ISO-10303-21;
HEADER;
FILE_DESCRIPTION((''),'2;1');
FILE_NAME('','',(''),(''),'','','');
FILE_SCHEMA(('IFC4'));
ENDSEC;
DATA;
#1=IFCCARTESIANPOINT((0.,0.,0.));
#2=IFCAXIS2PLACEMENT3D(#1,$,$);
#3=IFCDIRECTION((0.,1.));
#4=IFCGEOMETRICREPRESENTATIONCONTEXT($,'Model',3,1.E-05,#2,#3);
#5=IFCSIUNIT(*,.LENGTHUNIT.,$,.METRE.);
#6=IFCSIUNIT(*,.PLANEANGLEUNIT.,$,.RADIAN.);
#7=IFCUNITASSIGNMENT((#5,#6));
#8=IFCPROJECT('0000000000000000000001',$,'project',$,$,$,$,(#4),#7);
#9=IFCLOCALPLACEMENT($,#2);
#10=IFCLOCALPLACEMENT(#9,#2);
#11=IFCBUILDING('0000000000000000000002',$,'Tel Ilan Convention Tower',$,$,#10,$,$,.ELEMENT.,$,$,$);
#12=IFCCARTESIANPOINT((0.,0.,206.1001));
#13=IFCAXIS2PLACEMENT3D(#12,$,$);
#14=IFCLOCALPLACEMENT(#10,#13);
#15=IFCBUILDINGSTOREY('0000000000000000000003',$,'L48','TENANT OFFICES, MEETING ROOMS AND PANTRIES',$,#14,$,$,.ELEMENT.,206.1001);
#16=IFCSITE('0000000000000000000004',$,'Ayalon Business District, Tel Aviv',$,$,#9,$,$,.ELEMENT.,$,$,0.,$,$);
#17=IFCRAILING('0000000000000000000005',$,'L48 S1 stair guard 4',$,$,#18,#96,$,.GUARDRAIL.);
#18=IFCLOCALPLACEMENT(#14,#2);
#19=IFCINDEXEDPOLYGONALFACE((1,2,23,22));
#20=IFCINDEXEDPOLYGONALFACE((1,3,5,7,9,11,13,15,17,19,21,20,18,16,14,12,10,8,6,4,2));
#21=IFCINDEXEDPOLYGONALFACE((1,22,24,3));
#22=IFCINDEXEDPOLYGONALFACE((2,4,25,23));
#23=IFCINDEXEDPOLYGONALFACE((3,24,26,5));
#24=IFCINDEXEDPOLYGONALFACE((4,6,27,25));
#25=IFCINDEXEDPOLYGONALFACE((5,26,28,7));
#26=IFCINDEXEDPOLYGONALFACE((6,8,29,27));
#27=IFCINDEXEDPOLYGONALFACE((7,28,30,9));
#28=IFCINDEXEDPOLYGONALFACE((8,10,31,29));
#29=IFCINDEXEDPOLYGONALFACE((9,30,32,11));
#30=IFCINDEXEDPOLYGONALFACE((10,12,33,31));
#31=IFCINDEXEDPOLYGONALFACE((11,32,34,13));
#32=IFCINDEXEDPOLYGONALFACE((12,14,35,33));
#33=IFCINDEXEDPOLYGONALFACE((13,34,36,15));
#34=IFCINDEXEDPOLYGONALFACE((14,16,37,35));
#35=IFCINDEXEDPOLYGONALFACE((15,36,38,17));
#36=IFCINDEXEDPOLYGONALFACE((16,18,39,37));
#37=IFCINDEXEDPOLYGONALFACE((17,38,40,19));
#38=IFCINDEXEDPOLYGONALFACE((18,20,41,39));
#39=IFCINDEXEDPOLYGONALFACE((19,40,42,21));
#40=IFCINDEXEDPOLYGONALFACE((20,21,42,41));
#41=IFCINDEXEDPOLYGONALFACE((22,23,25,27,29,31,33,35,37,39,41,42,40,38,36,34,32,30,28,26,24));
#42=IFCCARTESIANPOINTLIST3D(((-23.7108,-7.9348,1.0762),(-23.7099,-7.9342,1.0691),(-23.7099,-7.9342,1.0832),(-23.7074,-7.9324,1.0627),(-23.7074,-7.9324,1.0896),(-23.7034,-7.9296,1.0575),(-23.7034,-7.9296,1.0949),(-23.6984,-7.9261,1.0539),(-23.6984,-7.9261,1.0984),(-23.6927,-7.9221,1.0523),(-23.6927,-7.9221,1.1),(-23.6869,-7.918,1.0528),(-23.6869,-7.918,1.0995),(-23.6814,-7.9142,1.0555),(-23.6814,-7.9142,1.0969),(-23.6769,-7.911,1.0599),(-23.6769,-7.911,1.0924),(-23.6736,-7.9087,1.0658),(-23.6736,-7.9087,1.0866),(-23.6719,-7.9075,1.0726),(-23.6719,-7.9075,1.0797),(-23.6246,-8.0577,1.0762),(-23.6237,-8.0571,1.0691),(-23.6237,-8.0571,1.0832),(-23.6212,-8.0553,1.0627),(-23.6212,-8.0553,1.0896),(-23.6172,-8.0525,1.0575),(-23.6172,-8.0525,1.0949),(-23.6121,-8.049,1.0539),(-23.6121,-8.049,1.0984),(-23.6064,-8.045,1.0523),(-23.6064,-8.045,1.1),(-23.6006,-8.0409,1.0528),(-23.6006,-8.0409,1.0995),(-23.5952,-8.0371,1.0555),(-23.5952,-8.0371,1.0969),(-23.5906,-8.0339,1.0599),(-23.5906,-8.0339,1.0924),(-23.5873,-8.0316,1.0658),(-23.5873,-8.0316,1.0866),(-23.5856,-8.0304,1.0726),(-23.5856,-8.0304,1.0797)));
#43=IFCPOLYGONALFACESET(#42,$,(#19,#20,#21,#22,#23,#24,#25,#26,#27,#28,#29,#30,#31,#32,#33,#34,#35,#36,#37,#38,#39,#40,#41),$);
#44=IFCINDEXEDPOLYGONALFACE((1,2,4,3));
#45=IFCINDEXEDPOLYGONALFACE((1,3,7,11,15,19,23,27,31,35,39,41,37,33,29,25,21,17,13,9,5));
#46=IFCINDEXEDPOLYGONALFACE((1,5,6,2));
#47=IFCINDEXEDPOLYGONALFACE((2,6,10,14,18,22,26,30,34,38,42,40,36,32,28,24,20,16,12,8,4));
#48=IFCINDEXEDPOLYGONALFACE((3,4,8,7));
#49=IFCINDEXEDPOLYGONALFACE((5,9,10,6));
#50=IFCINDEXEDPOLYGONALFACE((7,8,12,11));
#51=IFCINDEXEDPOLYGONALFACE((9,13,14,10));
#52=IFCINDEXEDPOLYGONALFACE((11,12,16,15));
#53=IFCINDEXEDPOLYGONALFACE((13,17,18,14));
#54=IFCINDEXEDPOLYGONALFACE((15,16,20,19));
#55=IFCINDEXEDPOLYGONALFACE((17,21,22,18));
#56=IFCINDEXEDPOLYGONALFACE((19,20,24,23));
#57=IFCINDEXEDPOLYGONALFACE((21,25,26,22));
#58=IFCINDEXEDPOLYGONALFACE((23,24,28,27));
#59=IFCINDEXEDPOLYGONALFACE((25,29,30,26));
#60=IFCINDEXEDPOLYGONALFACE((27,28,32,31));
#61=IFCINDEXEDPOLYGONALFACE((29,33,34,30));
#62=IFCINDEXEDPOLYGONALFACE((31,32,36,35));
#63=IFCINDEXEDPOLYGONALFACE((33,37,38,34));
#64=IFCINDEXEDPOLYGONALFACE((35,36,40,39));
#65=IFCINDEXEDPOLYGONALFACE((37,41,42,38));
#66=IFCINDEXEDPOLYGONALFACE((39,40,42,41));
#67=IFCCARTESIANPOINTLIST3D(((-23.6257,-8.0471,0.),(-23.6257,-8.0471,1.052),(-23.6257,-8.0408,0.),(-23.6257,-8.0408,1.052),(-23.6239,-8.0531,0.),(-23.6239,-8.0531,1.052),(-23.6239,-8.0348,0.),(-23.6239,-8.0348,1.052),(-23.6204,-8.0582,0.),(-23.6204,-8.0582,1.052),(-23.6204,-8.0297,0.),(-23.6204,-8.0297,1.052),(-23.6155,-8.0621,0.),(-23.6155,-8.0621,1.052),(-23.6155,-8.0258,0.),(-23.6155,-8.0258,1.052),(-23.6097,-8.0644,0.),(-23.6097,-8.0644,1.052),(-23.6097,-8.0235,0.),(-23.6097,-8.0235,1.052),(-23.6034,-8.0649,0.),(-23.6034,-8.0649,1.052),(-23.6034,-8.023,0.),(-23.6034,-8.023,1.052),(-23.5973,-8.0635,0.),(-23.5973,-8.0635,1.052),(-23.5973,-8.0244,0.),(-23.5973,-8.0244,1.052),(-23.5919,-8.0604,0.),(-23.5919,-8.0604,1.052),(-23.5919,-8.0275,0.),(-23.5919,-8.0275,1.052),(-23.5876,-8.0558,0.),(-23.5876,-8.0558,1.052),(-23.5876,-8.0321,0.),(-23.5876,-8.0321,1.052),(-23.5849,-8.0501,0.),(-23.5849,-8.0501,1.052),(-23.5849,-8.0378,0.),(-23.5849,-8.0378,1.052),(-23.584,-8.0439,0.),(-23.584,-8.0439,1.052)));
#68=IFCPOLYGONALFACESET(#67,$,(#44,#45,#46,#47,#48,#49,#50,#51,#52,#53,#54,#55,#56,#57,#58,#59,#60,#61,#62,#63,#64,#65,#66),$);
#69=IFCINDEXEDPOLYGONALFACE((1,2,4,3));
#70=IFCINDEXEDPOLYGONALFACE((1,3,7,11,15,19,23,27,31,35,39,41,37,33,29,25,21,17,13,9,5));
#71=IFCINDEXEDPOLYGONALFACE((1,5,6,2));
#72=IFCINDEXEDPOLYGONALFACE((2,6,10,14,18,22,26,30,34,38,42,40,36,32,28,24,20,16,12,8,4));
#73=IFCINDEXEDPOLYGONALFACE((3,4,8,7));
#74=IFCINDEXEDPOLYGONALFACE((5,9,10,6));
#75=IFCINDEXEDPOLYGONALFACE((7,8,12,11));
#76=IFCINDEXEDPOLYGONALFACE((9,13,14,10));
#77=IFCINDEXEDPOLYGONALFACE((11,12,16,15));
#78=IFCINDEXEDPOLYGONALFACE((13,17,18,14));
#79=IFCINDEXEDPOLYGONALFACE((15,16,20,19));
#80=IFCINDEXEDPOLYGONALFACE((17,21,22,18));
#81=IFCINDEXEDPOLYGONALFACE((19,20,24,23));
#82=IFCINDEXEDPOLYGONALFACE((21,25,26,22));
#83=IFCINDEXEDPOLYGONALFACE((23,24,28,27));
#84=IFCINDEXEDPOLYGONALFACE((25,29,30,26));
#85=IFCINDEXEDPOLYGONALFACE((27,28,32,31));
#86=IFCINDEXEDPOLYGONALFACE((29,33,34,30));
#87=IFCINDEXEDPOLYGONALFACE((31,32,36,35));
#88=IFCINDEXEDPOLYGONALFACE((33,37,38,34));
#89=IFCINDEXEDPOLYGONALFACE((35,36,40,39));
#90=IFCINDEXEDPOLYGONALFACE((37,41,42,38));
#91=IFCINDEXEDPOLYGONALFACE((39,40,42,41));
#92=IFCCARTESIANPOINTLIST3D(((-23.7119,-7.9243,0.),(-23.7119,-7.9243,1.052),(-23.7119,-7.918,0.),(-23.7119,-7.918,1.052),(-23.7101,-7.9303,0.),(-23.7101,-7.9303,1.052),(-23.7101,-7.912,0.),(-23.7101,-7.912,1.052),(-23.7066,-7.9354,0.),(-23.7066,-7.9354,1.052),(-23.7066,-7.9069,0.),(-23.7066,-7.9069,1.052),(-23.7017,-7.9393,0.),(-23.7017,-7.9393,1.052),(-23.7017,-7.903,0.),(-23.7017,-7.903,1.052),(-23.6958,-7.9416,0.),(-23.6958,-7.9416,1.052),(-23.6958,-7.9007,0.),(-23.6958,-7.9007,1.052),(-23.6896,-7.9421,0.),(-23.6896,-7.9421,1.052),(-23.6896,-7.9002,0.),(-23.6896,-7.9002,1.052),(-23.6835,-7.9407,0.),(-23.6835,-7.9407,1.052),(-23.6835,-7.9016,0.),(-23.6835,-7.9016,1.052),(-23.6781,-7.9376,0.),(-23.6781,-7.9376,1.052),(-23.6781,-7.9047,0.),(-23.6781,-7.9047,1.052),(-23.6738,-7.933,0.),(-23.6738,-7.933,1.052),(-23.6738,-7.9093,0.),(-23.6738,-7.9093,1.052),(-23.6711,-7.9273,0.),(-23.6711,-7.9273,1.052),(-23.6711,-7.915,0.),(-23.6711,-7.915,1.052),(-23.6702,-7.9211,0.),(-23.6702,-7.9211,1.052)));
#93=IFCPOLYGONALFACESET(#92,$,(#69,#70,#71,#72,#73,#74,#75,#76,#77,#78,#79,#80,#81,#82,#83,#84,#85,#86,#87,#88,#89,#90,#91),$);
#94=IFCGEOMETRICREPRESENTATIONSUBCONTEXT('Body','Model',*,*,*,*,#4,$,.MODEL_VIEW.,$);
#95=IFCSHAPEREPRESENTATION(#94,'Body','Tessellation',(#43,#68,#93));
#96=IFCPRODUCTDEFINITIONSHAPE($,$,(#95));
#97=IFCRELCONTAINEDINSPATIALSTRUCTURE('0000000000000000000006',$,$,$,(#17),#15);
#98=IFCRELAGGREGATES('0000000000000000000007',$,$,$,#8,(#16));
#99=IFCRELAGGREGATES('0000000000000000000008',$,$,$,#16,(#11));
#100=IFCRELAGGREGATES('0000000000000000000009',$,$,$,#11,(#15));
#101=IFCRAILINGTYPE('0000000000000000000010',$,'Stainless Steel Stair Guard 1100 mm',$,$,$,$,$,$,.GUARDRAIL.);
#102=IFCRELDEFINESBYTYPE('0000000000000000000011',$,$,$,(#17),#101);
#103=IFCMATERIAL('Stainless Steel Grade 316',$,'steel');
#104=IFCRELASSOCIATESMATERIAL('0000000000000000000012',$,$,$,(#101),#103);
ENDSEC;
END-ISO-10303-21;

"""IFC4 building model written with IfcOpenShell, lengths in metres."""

from ifc_helpers import new_model, si_unit, direction, frame, origin, origin_2d, place, context, subcontext, project, spatial, circle, extrude, material, type_object, element, save


model = new_model("IFC4")

# Units and contexts
model_context = context("Model", 3, precision=1e-05, world=origin(), true_north=direction((0.0, 1.0)))
body_context = subcontext(model_context, "Body", "Model", "MODEL_VIEW")
ifc_project = project(units=[si_unit("LENGTHUNIT", "METRE"), si_unit("PLANEANGLEUNIT", "RADIAN")], contexts=[model_context])

# Site, building, storey
site_placement = place(None, origin())
site = spatial("IfcSite", under=ifc_project, at=site_placement, Name="Ayalon Business District, Tel Aviv", CompositionType="ELEMENT", RefElevation=0.0)
building_placement = place(site_placement, origin())
building = spatial("IfcBuilding", under=site, at=building_placement, Name="Tel Ilan Convention Tower", CompositionType="ELEMENT")
storey_placement = place(building_placement, frame((0.0, 0.0, 206.1001)))
storey = spatial("IfcBuildingStorey", under=building, at=storey_placement, Name="L48", Description="TENANT OFFICES, MEETING ROOMS AND PANTRIES", CompositionType="ELEMENT", Elevation=206.1001)

# Railing
ifc_material_1 = material(Name="Stainless Steel Grade 316", Category="steel")
railing_type = type_object("IfcRailingType", Name="Stainless Steel Stair Guard 1100 mm", PredefinedType="GUARDRAIL", material=ifc_material_1)
railing_1_placement = place(storey_placement, frame((-23.605, -8.0439, 0.0)))
element("IfcRailing", 1, at=railing_1_placement, inside=storey, type_object=railing_type, Name="L48 S1 stair guard 4", PredefinedType="GUARDRAIL", context=body_context, shape_type="SweptSolid", body=[
    extrude(circle(Radius=0.0239, at=origin_2d()), frame((0.0, 0.0, 1.0762), z_axis=(-0.574445, 0.818543, 0.0), x_axis=(-0.818543, -0.574445, 0.0)), (0.0, 0.0, 1.0), 0.1501),
    extrude(circle(Radius=0.021, at=origin_2d()), origin(), (0.0, 0.0, 1.0), 1.052),
    extrude(circle(Radius=0.021, at=origin_2d()), frame((-0.0862, 0.1228, 0.0)), (0.0, 0.0, 1.0), 1.052),
])

save(model, "model.ifc")
